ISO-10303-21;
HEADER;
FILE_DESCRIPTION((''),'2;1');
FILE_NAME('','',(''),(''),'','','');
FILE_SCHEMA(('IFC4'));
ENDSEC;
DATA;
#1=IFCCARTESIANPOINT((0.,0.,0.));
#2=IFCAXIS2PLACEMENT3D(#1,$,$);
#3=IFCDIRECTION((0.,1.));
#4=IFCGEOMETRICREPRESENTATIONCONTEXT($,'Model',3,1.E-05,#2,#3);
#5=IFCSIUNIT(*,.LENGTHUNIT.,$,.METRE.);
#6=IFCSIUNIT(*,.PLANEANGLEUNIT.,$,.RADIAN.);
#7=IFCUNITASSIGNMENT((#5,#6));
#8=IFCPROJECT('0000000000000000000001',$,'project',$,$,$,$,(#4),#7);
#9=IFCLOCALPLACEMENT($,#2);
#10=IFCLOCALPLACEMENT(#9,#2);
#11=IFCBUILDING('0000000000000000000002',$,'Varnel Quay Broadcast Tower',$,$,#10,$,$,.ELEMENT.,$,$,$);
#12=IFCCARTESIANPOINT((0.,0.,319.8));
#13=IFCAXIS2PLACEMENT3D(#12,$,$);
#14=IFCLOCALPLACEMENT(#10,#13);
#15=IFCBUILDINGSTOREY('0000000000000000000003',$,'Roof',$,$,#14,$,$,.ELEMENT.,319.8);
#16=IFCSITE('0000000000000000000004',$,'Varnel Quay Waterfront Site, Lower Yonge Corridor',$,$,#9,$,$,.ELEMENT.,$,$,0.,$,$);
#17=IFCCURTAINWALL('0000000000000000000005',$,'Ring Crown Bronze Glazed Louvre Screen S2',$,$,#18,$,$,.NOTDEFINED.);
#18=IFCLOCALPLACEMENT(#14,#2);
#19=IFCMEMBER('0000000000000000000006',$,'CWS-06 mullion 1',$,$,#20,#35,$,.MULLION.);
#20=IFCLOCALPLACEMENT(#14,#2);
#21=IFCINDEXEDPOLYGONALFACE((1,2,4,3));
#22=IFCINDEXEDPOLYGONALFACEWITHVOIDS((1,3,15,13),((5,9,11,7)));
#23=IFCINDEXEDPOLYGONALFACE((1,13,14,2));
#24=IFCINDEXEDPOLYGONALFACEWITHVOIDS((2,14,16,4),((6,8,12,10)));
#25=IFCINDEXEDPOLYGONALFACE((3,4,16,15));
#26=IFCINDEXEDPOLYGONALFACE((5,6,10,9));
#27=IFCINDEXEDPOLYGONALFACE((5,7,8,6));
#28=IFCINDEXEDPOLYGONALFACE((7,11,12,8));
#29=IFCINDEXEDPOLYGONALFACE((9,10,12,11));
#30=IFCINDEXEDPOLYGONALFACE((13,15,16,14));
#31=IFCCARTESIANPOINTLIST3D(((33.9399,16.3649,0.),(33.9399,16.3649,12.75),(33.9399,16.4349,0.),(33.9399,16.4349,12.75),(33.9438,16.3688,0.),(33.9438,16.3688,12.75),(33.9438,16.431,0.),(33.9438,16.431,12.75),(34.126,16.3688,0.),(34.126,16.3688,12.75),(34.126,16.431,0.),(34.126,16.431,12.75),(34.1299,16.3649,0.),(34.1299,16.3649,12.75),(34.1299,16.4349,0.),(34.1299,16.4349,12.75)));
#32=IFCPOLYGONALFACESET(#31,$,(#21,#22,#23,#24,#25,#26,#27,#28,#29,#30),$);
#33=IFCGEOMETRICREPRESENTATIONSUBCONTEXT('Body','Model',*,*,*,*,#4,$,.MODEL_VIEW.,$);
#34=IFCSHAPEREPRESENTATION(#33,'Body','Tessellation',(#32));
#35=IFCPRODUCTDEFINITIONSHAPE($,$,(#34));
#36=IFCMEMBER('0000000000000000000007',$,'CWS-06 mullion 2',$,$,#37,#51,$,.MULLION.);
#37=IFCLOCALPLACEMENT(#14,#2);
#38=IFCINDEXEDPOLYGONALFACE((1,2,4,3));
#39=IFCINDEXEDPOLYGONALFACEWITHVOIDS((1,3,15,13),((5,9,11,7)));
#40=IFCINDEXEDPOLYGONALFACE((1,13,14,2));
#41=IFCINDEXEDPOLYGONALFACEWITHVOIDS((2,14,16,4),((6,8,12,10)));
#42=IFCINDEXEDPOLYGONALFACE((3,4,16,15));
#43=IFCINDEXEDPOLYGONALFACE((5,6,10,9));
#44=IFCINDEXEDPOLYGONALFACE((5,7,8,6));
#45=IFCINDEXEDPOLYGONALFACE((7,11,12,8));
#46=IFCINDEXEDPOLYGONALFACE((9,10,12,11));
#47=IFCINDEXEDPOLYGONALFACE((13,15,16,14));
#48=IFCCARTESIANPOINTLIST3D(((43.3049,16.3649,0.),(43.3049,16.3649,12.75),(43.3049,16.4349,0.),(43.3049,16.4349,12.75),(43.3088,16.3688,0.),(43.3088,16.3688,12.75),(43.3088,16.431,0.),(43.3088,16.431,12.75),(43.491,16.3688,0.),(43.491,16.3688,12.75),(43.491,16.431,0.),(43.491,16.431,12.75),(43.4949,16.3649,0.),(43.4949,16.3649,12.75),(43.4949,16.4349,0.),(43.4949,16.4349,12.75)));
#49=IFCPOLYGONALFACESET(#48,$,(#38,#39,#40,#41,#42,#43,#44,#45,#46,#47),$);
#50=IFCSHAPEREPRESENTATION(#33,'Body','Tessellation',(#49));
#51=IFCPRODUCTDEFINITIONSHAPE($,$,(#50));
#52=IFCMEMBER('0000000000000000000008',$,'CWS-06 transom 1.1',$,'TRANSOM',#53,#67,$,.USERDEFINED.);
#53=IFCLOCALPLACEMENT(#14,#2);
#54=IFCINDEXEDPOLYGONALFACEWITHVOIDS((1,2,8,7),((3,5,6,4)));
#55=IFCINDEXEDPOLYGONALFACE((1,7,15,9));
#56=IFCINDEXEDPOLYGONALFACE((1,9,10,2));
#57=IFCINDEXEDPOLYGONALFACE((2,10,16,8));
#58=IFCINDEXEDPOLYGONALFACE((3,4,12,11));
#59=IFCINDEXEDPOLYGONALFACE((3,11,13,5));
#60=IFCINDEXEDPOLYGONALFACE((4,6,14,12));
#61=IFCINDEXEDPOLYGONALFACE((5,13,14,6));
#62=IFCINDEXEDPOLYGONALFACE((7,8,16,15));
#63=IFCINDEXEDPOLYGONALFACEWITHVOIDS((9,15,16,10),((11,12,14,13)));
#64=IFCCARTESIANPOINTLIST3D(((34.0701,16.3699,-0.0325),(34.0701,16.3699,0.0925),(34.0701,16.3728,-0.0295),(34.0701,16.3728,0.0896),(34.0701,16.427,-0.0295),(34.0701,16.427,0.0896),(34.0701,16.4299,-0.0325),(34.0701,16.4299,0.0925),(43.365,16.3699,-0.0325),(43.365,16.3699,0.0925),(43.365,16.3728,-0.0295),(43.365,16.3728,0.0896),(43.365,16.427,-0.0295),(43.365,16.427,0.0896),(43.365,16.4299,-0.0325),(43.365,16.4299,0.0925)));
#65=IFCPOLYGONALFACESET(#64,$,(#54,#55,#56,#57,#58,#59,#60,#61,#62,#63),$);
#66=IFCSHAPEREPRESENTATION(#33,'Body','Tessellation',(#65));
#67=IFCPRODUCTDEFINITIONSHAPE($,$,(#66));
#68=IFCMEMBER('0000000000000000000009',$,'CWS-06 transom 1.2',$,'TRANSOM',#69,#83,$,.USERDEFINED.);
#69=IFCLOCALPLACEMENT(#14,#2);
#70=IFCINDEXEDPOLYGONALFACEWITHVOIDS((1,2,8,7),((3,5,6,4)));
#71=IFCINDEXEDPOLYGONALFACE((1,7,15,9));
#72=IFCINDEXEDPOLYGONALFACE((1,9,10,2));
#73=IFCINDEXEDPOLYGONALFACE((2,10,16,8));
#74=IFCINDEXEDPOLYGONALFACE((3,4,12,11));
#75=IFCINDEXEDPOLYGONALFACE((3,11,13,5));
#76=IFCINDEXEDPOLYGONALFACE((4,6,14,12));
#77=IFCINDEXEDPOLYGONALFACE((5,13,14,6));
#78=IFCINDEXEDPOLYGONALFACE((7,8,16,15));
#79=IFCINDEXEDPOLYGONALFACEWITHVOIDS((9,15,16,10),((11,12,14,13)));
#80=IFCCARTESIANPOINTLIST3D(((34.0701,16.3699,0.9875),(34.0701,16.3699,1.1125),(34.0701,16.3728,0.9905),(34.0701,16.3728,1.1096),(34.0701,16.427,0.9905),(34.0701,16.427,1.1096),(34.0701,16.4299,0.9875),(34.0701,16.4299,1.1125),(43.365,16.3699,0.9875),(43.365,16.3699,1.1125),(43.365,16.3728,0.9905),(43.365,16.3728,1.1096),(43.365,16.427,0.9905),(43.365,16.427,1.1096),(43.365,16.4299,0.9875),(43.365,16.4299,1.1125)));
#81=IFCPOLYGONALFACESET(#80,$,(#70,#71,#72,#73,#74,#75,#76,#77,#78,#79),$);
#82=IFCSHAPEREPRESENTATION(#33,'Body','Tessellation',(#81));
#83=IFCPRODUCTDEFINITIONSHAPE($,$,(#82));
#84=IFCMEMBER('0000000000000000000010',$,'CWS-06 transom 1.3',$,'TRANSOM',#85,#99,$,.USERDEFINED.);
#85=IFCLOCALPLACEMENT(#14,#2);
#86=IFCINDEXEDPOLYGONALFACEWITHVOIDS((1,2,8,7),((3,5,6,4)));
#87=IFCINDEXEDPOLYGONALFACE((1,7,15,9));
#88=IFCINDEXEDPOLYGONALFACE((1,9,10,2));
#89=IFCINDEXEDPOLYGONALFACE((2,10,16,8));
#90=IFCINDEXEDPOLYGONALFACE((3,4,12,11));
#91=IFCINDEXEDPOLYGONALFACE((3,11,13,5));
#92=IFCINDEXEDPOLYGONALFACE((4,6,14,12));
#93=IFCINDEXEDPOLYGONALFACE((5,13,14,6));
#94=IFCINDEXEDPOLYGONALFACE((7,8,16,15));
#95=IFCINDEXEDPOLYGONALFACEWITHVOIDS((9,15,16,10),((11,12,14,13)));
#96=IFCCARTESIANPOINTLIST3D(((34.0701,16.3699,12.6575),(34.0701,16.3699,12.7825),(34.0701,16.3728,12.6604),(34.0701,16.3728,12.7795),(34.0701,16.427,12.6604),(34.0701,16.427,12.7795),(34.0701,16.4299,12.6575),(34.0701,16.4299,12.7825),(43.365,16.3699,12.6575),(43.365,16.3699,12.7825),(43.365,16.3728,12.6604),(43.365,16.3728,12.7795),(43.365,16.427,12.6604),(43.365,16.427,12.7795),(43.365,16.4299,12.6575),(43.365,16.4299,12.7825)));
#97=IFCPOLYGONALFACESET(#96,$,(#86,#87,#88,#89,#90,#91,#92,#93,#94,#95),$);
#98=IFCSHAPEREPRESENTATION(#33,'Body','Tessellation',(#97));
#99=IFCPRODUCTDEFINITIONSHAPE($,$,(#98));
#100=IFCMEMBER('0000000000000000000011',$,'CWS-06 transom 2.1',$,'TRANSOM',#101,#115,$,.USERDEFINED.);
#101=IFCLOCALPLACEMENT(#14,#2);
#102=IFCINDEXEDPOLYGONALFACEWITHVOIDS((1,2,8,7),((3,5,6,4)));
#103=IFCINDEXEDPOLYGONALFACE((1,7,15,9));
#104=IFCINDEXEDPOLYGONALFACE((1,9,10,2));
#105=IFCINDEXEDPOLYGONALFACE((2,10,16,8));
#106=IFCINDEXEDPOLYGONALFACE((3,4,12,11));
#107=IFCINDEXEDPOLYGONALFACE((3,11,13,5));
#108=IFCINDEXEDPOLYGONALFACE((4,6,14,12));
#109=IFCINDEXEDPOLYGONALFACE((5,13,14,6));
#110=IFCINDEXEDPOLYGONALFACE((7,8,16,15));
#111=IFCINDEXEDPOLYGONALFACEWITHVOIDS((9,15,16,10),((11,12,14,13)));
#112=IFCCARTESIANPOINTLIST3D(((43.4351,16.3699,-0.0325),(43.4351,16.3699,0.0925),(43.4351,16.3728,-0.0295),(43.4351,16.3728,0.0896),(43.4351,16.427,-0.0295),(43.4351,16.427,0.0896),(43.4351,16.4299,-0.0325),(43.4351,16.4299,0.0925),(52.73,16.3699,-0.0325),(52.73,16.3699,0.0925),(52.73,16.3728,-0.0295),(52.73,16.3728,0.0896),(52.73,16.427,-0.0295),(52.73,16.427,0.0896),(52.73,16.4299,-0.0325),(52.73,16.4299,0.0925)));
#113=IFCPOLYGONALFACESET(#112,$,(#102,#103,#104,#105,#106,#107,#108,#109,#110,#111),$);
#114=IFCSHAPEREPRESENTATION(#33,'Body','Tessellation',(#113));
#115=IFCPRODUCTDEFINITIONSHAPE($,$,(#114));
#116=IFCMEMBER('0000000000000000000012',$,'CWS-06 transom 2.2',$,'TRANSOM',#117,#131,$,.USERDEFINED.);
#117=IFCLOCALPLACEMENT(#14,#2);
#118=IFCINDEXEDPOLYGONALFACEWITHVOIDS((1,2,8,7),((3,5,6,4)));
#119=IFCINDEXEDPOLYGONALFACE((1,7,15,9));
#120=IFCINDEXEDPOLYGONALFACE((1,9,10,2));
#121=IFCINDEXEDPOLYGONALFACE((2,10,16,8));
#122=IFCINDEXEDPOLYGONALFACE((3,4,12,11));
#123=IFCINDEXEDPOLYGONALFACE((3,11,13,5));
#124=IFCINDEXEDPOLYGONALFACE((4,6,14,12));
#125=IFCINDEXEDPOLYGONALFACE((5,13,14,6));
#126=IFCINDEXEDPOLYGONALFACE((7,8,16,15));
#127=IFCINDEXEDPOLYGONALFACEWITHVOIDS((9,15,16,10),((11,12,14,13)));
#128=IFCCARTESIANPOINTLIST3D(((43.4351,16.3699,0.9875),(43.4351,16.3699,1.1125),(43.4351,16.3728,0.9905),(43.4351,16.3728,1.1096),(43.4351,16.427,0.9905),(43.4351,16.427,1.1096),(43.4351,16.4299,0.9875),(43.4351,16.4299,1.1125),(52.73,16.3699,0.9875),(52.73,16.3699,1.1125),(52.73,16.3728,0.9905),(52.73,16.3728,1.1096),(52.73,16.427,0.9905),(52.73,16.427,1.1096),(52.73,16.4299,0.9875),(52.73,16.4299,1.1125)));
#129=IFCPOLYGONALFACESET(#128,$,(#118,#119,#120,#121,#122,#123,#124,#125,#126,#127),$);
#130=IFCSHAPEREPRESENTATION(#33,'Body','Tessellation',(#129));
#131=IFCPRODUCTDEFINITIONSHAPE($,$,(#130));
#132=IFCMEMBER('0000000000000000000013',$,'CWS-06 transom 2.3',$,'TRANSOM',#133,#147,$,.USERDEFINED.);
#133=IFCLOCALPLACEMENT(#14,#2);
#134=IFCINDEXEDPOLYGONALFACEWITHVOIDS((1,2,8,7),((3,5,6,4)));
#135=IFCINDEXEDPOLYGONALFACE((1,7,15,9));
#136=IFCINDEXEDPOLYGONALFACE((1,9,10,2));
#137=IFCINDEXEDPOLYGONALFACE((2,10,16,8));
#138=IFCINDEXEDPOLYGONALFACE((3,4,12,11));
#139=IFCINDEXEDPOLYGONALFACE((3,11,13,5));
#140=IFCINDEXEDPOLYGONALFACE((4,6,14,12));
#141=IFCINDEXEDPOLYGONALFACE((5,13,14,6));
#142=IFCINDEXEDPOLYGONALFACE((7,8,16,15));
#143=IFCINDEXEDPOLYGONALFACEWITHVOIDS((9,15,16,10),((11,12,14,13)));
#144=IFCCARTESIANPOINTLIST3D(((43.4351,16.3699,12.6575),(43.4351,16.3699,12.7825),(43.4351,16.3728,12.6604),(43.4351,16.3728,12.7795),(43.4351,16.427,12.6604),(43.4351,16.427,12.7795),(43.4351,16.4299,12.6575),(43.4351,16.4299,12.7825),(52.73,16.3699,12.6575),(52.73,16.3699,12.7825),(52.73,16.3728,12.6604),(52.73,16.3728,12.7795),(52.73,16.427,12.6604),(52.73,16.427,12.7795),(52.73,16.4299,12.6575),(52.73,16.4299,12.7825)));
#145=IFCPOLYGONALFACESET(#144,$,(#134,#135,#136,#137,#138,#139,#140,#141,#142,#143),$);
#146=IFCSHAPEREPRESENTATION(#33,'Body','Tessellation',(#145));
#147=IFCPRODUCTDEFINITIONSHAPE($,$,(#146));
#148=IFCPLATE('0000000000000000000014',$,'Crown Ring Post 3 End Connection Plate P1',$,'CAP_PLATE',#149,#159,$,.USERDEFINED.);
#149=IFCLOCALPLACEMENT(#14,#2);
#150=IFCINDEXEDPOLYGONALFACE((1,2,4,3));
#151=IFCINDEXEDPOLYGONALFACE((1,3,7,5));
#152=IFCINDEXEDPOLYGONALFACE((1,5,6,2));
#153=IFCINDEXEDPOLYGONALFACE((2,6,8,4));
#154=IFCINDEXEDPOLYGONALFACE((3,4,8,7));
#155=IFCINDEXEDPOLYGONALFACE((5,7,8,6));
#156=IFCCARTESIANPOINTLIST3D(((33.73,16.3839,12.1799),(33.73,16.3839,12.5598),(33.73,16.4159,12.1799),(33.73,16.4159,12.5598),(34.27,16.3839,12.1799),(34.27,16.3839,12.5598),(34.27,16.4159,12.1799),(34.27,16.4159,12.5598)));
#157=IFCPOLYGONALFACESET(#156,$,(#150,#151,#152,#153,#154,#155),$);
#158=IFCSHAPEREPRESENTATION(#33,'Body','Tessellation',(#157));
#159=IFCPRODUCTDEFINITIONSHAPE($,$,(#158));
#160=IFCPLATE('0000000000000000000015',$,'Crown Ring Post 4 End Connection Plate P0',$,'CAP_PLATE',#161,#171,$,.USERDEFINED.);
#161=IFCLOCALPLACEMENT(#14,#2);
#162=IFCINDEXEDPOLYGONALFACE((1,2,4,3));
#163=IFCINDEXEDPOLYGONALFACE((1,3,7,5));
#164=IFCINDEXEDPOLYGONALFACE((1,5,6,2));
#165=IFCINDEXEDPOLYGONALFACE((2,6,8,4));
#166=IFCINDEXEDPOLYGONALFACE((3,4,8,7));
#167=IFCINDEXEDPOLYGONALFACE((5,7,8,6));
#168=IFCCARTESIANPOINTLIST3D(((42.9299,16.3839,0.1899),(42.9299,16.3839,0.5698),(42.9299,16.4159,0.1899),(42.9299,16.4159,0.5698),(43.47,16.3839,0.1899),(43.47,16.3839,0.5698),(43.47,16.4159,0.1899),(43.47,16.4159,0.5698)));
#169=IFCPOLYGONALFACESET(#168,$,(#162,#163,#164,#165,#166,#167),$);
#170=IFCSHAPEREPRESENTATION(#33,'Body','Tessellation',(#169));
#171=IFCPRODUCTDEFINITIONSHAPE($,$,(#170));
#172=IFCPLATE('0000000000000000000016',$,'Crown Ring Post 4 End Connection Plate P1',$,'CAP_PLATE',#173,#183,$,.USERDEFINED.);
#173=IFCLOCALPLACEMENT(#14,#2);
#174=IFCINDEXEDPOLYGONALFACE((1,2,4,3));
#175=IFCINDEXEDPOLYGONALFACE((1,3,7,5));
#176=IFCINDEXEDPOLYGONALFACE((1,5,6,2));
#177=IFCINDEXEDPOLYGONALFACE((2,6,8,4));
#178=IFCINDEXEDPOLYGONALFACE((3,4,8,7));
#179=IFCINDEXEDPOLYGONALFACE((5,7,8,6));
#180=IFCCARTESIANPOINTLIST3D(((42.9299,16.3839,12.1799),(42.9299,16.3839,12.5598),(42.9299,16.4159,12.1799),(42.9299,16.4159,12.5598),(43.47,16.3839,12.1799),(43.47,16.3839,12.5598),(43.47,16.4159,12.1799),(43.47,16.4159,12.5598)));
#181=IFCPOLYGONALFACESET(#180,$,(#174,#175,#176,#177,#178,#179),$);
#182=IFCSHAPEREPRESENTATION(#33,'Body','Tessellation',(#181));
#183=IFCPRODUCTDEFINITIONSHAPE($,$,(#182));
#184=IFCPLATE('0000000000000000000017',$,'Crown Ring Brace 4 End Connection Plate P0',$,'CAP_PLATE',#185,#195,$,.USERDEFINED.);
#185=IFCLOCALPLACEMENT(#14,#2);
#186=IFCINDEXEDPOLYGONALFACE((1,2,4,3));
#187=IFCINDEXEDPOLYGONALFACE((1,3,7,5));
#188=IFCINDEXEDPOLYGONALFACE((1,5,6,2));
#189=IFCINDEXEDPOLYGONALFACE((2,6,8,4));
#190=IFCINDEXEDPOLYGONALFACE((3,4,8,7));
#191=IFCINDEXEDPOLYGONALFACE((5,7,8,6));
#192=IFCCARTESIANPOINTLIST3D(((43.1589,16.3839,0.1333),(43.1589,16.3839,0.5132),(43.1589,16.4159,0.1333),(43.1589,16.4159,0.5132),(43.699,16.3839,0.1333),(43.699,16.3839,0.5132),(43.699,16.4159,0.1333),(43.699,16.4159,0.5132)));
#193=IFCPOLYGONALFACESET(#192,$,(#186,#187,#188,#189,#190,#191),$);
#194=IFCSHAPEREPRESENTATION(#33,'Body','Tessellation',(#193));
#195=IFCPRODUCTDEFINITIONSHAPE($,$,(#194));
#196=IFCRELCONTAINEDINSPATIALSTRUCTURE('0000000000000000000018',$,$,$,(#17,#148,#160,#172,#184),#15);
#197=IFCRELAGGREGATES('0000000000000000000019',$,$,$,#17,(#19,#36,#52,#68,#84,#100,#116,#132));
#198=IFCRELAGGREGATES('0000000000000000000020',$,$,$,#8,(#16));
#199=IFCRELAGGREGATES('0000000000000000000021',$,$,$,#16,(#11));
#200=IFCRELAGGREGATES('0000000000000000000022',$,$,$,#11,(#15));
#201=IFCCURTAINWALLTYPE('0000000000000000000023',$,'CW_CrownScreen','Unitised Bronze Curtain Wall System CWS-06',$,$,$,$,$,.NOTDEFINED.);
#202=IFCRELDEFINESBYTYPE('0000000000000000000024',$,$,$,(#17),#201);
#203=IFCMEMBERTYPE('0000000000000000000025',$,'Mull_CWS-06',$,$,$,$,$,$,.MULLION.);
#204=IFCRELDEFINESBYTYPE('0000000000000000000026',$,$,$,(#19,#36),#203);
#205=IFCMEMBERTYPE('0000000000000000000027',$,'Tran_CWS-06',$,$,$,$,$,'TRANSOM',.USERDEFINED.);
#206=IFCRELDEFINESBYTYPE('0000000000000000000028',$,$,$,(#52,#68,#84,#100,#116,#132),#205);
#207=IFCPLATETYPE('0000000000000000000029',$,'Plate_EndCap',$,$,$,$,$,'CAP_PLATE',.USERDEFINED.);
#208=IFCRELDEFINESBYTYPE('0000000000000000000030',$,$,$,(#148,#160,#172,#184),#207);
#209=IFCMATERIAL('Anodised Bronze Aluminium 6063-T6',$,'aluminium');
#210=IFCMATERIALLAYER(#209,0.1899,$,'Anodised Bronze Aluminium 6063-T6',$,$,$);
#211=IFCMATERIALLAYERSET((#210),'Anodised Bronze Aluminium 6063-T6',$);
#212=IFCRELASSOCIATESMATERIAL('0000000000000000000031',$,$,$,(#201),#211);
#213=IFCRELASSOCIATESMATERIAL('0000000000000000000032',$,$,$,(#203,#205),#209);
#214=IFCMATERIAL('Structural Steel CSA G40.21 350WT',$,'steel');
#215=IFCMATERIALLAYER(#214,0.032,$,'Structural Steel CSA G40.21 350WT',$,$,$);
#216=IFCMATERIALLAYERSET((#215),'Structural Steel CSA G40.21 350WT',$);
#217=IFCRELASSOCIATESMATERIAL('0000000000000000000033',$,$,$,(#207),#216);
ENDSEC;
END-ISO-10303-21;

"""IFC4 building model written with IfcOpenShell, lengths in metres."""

from ifc_helpers import new_model, si_unit, direction, frame, origin, origin_2d, place, context, subcontext, project, spatial, rectangle, hollow_rectangle, extrude, source, transform, mapped, material, layer, layer_set, material_profile, profile_set, type_object, type_shapes, element, aggregate, save


model = new_model("IFC4")

# Units and contexts
model_context = context("Model", 3, precision=1e-05, world=origin(), true_north=direction((0.0, 1.0)))
body_context = subcontext(model_context, "Body", "Model", "MODEL_VIEW")
ifc_project = project(units=[si_unit("LENGTHUNIT", "METRE"), si_unit("PLANEANGLEUNIT", "RADIAN")], contexts=[model_context])

# Site, building, storey
site_placement = place(None, origin())
site = spatial("IfcSite", under=ifc_project, at=site_placement, Name="Varnel Quay Waterfront Site, Lower Yonge Corridor", CompositionType="ELEMENT", RefElevation=0.0)
building_placement = place(site_placement, origin())
building = spatial("IfcBuilding", under=site, at=building_placement, Name="Varnel Quay Broadcast Tower", CompositionType="ELEMENT")
storey_placement = place(building_placement, frame((0.0, 0.0, 319.8)))
storey = spatial("IfcBuildingStorey", under=building, at=storey_placement, Name="Roof", CompositionType="ELEMENT", Elevation=319.8)

# Shared definitions
ifc_material_1 = material(Name="Structural Steel CSA G40.21 350WT", Category="steel")

# Curtain wall, members
ifc_material_2 = material(Name="Anodised Bronze Aluminium 6063-T6", Category="aluminium")
ifc_layer_1 = layer(ifc_material_2, 0.1899, Name="Anodised Bronze Aluminium 6063-T6")
ifc_layer_set_1 = layer_set([ifc_layer_1], Name="Anodised Bronze Aluminium 6063-T6")
curtain_wall_type = type_object("IfcCurtainWallType", Name="CW_CrownScreen", Description="Unitised Bronze Curtain Wall System CWS-06", PredefinedType="NOTDEFINED", material=ifc_layer_set_1)
curtain_wall_placement = place(storey_placement, origin())
curtain_wall = element("IfcCurtainWall", 1, at=curtain_wall_placement, inside=storey, type_object=curtain_wall_type, Name="Ring Crown Bronze Glazed Louvre Screen S2", PredefinedType="NOTDEFINED")
ifc_material_profile_1 = material_profile(ifc_material_2, hollow_rectangle(XDim=0.0701, YDim=0.1899, WallThickness=0.0039, at=origin_2d()), Name="ALU70X190X4")
ifc_profile_set_1 = profile_set([ifc_material_profile_1], Name="Anodised Bronze Aluminium 6063-T6")
member_type_1 = type_object("IfcMemberType", Name="Mull_CWS-06", PredefinedType="MULLION", material=ifc_profile_set_1)
shared_shape_1 = source(origin(), body_context, "Body", "SweptSolid", [
    extrude(hollow_rectangle(XDim=0.0701, YDim=0.1899, WallThickness=0.0039, at=origin_2d()), origin(), (0.0, 0.0, 1.0), 12.75),
])
type_shapes(member_type_1, [shared_shape_1])
member_1_placement = place(storey_placement, frame((34.0349, 16.3999, 0.0), z_axis=(0.0, 0.0, 1.0), x_axis=(0.0, 1.0, 0.0)))
member_1 = element("IfcMember", 2, at=member_1_placement, type_object=member_type_1, Name="CWS-06 mullion 1", PredefinedType="MULLION", context=body_context, shape_type="MappedRepresentation", body=[
    mapped(shared_shape_1, transform((0.0, 0.0, 0.0), x_axis=(1.0, 0.0, 0.0), y_axis=(0.0, 1.0, 0.0), z_axis=(0.0, 0.0, 1.0), scale=1.0)),
])
member_2_placement = place(storey_placement, frame((43.3999, 16.3999, 0.0), z_axis=(0.0, 0.0, 1.0), x_axis=(0.0, 1.0, 0.0)))
member_2 = element("IfcMember", 3, at=member_2_placement, type_object=member_type_1, Name="CWS-06 mullion 2", PredefinedType="MULLION", context=body_context, shape_type="MappedRepresentation", body=[
    mapped(shared_shape_1, transform((0.0, 0.0, 0.0), x_axis=(1.0, 0.0, 0.0), y_axis=(0.0, 1.0, 0.0), z_axis=(0.0, 0.0, 1.0), scale=1.0)),
])
ifc_material_profile_2 = material_profile(ifc_material_2, hollow_rectangle(XDim=0.0601, YDim=0.125, WallThickness=0.0029, at=origin_2d()), Name="ALU60X125X3")
ifc_profile_set_2 = profile_set([ifc_material_profile_2], Name="Anodised Bronze Aluminium 6063-T6")
member_type_2 = type_object("IfcMemberType", Name="Tran_CWS-06", ElementType="TRANSOM", PredefinedType="USERDEFINED", material=ifc_profile_set_2)
shared_shape_2 = source(origin(), body_context, "Body", "SweptSolid", [
    extrude(hollow_rectangle(XDim=0.0601, YDim=0.125, WallThickness=0.0029, at=origin_2d()), origin(), (0.0, 0.0, 1.0), 9.2949),
])
type_shapes(member_type_2, [shared_shape_2])
member_3_placement = place(storey_placement, frame((34.0701, 16.3999, 0.03), z_axis=(1.0, 0.0, 0.0), x_axis=(0.0, 1.0, 0.0)))
member_3 = element("IfcMember", 4, at=member_3_placement, type_object=member_type_2, Name="CWS-06 transom 1.1", ObjectType="TRANSOM", PredefinedType="USERDEFINED", context=body_context, shape_type="MappedRepresentation", body=[
    mapped(shared_shape_2, transform((0.0, 0.0, 0.0), x_axis=(1.0, 0.0, 0.0), y_axis=(0.0, 1.0, 0.0), z_axis=(0.0, 0.0, 1.0), scale=1.0)),
])
member_4_placement = place(storey_placement, frame((34.0701, 16.3999, 1.05), z_axis=(1.0, 0.0, 0.0), x_axis=(0.0, 1.0, 0.0)))
member_4 = element("IfcMember", 5, at=member_4_placement, type_object=member_type_2, Name="CWS-06 transom 1.2", ObjectType="TRANSOM", PredefinedType="USERDEFINED", context=body_context, shape_type="MappedRepresentation", body=[
    mapped(shared_shape_2, transform((0.0, 0.0, 0.0), x_axis=(1.0, 0.0, 0.0), y_axis=(0.0, 1.0, 0.0), z_axis=(0.0, 0.0, 1.0), scale=1.0)),
])
member_5_placement = place(storey_placement, frame((34.0701, 16.3999, 12.72), z_axis=(1.0, 0.0, 0.0), x_axis=(0.0, 1.0, 0.0)))
member_5 = element("IfcMember", 6, at=member_5_placement, type_object=member_type_2, Name="CWS-06 transom 1.3", ObjectType="TRANSOM", PredefinedType="USERDEFINED", context=body_context, shape_type="MappedRepresentation", body=[
    mapped(shared_shape_2, transform((0.0, 0.0, 0.0), x_axis=(1.0, 0.0, 0.0), y_axis=(0.0, 1.0, 0.0), z_axis=(0.0, 0.0, 1.0), scale=1.0)),
])
member_6_placement = place(storey_placement, frame((43.4351, 16.3999, 0.03), z_axis=(1.0, 0.0, 0.0), x_axis=(0.0, 1.0, 0.0)))
member_6 = element("IfcMember", 7, at=member_6_placement, type_object=member_type_2, Name="CWS-06 transom 2.1", ObjectType="TRANSOM", PredefinedType="USERDEFINED", context=body_context, shape_type="MappedRepresentation", body=[
    mapped(shared_shape_2, transform((0.0, 0.0, 0.0), x_axis=(1.0, 0.0, 0.0), y_axis=(0.0, 1.0, 0.0), z_axis=(0.0, 0.0, 1.0), scale=1.0)),
])
member_7_placement = place(storey_placement, frame((43.4351, 16.3999, 1.05), z_axis=(1.0, 0.0, 0.0), x_axis=(0.0, 1.0, 0.0)))
member_7 = element("IfcMember", 8, at=member_7_placement, type_object=member_type_2, Name="CWS-06 transom 2.2", ObjectType="TRANSOM", PredefinedType="USERDEFINED", context=body_context, shape_type="MappedRepresentation", body=[
    mapped(shared_shape_2, transform((0.0, 0.0, 0.0), x_axis=(1.0, 0.0, 0.0), y_axis=(0.0, 1.0, 0.0), z_axis=(0.0, 0.0, 1.0), scale=1.0)),
])
member_8_placement = place(storey_placement, frame((43.4351, 16.3999, 12.72), z_axis=(1.0, 0.0, 0.0), x_axis=(0.0, 1.0, 0.0)))
member_8 = element("IfcMember", 9, at=member_8_placement, type_object=member_type_2, Name="CWS-06 transom 2.3", ObjectType="TRANSOM", PredefinedType="USERDEFINED", context=body_context, shape_type="MappedRepresentation", body=[
    mapped(shared_shape_2, transform((0.0, 0.0, 0.0), x_axis=(1.0, 0.0, 0.0), y_axis=(0.0, 1.0, 0.0), z_axis=(0.0, 0.0, 1.0), scale=1.0)),
])

# Plates
ifc_layer_2 = layer(ifc_material_1, 0.032, Name="Structural Steel CSA G40.21 350WT")
ifc_layer_set_2 = layer_set([ifc_layer_2], Name="Structural Steel CSA G40.21 350WT")
plate_type_1 = type_object("IfcPlateType", Name="Plate_EndCap", ElementType="CAP_PLATE", PredefinedType="USERDEFINED", material=ifc_layer_set_2)
shared_shape_3 = source(origin(), body_context, "Body", "SweptSolid", [
    extrude(rectangle(XDim=0.54, YDim=0.032, at=origin_2d()), origin(), (0.0, 0.0, 1.0), 0.3799),
])
type_shapes(plate_type_1, [shared_shape_3])
for number, where, z_axis, x_axis, name in (
    (10, (34.0, 16.3999, 12.1799), (0.0, 0.0, 1.0), (1.0, 0.0, 0.0), "Crown Ring Post 3 End Connection Plate P1"),
    (11, (43.2, 16.3999, 0.1899), (0.0, 0.0, 1.0), (1.0, 0.0, 0.0), "Crown Ring Post 4 End Connection Plate P0"),
    (12, (43.2, 16.3999, 12.1799), (0.0, 0.0, 1.0), (1.0, 0.0, 0.0), "Crown Ring Post 4 End Connection Plate P1"),
    (13, (43.429, 16.3999, 0.1333), (0.0, 0.0, 1.0), (1.0, 0.0, 0.0), "Crown Ring Brace 4 End Connection Plate P0"),
):
    element("IfcPlate", number, at=place(storey_placement, frame(where, z_axis=z_axis, x_axis=x_axis)), inside=storey, type_object=plate_type_1, Name=name, ObjectType="CAP_PLATE", PredefinedType="USERDEFINED", context=body_context, shape_type="MappedRepresentation", body=[
        mapped(shared_shape_3, transform((0.0, 0.0, 0.0), x_axis=(1.0, 0.0, 0.0), y_axis=(0.0, 1.0, 0.0), z_axis=(0.0, 0.0, 1.0), scale=1.0)),
    ])

aggregate(curtain_wall, [member_1, member_2, member_3, member_4, member_5, member_6, member_7, member_8])

save(model, "model.ifc")
